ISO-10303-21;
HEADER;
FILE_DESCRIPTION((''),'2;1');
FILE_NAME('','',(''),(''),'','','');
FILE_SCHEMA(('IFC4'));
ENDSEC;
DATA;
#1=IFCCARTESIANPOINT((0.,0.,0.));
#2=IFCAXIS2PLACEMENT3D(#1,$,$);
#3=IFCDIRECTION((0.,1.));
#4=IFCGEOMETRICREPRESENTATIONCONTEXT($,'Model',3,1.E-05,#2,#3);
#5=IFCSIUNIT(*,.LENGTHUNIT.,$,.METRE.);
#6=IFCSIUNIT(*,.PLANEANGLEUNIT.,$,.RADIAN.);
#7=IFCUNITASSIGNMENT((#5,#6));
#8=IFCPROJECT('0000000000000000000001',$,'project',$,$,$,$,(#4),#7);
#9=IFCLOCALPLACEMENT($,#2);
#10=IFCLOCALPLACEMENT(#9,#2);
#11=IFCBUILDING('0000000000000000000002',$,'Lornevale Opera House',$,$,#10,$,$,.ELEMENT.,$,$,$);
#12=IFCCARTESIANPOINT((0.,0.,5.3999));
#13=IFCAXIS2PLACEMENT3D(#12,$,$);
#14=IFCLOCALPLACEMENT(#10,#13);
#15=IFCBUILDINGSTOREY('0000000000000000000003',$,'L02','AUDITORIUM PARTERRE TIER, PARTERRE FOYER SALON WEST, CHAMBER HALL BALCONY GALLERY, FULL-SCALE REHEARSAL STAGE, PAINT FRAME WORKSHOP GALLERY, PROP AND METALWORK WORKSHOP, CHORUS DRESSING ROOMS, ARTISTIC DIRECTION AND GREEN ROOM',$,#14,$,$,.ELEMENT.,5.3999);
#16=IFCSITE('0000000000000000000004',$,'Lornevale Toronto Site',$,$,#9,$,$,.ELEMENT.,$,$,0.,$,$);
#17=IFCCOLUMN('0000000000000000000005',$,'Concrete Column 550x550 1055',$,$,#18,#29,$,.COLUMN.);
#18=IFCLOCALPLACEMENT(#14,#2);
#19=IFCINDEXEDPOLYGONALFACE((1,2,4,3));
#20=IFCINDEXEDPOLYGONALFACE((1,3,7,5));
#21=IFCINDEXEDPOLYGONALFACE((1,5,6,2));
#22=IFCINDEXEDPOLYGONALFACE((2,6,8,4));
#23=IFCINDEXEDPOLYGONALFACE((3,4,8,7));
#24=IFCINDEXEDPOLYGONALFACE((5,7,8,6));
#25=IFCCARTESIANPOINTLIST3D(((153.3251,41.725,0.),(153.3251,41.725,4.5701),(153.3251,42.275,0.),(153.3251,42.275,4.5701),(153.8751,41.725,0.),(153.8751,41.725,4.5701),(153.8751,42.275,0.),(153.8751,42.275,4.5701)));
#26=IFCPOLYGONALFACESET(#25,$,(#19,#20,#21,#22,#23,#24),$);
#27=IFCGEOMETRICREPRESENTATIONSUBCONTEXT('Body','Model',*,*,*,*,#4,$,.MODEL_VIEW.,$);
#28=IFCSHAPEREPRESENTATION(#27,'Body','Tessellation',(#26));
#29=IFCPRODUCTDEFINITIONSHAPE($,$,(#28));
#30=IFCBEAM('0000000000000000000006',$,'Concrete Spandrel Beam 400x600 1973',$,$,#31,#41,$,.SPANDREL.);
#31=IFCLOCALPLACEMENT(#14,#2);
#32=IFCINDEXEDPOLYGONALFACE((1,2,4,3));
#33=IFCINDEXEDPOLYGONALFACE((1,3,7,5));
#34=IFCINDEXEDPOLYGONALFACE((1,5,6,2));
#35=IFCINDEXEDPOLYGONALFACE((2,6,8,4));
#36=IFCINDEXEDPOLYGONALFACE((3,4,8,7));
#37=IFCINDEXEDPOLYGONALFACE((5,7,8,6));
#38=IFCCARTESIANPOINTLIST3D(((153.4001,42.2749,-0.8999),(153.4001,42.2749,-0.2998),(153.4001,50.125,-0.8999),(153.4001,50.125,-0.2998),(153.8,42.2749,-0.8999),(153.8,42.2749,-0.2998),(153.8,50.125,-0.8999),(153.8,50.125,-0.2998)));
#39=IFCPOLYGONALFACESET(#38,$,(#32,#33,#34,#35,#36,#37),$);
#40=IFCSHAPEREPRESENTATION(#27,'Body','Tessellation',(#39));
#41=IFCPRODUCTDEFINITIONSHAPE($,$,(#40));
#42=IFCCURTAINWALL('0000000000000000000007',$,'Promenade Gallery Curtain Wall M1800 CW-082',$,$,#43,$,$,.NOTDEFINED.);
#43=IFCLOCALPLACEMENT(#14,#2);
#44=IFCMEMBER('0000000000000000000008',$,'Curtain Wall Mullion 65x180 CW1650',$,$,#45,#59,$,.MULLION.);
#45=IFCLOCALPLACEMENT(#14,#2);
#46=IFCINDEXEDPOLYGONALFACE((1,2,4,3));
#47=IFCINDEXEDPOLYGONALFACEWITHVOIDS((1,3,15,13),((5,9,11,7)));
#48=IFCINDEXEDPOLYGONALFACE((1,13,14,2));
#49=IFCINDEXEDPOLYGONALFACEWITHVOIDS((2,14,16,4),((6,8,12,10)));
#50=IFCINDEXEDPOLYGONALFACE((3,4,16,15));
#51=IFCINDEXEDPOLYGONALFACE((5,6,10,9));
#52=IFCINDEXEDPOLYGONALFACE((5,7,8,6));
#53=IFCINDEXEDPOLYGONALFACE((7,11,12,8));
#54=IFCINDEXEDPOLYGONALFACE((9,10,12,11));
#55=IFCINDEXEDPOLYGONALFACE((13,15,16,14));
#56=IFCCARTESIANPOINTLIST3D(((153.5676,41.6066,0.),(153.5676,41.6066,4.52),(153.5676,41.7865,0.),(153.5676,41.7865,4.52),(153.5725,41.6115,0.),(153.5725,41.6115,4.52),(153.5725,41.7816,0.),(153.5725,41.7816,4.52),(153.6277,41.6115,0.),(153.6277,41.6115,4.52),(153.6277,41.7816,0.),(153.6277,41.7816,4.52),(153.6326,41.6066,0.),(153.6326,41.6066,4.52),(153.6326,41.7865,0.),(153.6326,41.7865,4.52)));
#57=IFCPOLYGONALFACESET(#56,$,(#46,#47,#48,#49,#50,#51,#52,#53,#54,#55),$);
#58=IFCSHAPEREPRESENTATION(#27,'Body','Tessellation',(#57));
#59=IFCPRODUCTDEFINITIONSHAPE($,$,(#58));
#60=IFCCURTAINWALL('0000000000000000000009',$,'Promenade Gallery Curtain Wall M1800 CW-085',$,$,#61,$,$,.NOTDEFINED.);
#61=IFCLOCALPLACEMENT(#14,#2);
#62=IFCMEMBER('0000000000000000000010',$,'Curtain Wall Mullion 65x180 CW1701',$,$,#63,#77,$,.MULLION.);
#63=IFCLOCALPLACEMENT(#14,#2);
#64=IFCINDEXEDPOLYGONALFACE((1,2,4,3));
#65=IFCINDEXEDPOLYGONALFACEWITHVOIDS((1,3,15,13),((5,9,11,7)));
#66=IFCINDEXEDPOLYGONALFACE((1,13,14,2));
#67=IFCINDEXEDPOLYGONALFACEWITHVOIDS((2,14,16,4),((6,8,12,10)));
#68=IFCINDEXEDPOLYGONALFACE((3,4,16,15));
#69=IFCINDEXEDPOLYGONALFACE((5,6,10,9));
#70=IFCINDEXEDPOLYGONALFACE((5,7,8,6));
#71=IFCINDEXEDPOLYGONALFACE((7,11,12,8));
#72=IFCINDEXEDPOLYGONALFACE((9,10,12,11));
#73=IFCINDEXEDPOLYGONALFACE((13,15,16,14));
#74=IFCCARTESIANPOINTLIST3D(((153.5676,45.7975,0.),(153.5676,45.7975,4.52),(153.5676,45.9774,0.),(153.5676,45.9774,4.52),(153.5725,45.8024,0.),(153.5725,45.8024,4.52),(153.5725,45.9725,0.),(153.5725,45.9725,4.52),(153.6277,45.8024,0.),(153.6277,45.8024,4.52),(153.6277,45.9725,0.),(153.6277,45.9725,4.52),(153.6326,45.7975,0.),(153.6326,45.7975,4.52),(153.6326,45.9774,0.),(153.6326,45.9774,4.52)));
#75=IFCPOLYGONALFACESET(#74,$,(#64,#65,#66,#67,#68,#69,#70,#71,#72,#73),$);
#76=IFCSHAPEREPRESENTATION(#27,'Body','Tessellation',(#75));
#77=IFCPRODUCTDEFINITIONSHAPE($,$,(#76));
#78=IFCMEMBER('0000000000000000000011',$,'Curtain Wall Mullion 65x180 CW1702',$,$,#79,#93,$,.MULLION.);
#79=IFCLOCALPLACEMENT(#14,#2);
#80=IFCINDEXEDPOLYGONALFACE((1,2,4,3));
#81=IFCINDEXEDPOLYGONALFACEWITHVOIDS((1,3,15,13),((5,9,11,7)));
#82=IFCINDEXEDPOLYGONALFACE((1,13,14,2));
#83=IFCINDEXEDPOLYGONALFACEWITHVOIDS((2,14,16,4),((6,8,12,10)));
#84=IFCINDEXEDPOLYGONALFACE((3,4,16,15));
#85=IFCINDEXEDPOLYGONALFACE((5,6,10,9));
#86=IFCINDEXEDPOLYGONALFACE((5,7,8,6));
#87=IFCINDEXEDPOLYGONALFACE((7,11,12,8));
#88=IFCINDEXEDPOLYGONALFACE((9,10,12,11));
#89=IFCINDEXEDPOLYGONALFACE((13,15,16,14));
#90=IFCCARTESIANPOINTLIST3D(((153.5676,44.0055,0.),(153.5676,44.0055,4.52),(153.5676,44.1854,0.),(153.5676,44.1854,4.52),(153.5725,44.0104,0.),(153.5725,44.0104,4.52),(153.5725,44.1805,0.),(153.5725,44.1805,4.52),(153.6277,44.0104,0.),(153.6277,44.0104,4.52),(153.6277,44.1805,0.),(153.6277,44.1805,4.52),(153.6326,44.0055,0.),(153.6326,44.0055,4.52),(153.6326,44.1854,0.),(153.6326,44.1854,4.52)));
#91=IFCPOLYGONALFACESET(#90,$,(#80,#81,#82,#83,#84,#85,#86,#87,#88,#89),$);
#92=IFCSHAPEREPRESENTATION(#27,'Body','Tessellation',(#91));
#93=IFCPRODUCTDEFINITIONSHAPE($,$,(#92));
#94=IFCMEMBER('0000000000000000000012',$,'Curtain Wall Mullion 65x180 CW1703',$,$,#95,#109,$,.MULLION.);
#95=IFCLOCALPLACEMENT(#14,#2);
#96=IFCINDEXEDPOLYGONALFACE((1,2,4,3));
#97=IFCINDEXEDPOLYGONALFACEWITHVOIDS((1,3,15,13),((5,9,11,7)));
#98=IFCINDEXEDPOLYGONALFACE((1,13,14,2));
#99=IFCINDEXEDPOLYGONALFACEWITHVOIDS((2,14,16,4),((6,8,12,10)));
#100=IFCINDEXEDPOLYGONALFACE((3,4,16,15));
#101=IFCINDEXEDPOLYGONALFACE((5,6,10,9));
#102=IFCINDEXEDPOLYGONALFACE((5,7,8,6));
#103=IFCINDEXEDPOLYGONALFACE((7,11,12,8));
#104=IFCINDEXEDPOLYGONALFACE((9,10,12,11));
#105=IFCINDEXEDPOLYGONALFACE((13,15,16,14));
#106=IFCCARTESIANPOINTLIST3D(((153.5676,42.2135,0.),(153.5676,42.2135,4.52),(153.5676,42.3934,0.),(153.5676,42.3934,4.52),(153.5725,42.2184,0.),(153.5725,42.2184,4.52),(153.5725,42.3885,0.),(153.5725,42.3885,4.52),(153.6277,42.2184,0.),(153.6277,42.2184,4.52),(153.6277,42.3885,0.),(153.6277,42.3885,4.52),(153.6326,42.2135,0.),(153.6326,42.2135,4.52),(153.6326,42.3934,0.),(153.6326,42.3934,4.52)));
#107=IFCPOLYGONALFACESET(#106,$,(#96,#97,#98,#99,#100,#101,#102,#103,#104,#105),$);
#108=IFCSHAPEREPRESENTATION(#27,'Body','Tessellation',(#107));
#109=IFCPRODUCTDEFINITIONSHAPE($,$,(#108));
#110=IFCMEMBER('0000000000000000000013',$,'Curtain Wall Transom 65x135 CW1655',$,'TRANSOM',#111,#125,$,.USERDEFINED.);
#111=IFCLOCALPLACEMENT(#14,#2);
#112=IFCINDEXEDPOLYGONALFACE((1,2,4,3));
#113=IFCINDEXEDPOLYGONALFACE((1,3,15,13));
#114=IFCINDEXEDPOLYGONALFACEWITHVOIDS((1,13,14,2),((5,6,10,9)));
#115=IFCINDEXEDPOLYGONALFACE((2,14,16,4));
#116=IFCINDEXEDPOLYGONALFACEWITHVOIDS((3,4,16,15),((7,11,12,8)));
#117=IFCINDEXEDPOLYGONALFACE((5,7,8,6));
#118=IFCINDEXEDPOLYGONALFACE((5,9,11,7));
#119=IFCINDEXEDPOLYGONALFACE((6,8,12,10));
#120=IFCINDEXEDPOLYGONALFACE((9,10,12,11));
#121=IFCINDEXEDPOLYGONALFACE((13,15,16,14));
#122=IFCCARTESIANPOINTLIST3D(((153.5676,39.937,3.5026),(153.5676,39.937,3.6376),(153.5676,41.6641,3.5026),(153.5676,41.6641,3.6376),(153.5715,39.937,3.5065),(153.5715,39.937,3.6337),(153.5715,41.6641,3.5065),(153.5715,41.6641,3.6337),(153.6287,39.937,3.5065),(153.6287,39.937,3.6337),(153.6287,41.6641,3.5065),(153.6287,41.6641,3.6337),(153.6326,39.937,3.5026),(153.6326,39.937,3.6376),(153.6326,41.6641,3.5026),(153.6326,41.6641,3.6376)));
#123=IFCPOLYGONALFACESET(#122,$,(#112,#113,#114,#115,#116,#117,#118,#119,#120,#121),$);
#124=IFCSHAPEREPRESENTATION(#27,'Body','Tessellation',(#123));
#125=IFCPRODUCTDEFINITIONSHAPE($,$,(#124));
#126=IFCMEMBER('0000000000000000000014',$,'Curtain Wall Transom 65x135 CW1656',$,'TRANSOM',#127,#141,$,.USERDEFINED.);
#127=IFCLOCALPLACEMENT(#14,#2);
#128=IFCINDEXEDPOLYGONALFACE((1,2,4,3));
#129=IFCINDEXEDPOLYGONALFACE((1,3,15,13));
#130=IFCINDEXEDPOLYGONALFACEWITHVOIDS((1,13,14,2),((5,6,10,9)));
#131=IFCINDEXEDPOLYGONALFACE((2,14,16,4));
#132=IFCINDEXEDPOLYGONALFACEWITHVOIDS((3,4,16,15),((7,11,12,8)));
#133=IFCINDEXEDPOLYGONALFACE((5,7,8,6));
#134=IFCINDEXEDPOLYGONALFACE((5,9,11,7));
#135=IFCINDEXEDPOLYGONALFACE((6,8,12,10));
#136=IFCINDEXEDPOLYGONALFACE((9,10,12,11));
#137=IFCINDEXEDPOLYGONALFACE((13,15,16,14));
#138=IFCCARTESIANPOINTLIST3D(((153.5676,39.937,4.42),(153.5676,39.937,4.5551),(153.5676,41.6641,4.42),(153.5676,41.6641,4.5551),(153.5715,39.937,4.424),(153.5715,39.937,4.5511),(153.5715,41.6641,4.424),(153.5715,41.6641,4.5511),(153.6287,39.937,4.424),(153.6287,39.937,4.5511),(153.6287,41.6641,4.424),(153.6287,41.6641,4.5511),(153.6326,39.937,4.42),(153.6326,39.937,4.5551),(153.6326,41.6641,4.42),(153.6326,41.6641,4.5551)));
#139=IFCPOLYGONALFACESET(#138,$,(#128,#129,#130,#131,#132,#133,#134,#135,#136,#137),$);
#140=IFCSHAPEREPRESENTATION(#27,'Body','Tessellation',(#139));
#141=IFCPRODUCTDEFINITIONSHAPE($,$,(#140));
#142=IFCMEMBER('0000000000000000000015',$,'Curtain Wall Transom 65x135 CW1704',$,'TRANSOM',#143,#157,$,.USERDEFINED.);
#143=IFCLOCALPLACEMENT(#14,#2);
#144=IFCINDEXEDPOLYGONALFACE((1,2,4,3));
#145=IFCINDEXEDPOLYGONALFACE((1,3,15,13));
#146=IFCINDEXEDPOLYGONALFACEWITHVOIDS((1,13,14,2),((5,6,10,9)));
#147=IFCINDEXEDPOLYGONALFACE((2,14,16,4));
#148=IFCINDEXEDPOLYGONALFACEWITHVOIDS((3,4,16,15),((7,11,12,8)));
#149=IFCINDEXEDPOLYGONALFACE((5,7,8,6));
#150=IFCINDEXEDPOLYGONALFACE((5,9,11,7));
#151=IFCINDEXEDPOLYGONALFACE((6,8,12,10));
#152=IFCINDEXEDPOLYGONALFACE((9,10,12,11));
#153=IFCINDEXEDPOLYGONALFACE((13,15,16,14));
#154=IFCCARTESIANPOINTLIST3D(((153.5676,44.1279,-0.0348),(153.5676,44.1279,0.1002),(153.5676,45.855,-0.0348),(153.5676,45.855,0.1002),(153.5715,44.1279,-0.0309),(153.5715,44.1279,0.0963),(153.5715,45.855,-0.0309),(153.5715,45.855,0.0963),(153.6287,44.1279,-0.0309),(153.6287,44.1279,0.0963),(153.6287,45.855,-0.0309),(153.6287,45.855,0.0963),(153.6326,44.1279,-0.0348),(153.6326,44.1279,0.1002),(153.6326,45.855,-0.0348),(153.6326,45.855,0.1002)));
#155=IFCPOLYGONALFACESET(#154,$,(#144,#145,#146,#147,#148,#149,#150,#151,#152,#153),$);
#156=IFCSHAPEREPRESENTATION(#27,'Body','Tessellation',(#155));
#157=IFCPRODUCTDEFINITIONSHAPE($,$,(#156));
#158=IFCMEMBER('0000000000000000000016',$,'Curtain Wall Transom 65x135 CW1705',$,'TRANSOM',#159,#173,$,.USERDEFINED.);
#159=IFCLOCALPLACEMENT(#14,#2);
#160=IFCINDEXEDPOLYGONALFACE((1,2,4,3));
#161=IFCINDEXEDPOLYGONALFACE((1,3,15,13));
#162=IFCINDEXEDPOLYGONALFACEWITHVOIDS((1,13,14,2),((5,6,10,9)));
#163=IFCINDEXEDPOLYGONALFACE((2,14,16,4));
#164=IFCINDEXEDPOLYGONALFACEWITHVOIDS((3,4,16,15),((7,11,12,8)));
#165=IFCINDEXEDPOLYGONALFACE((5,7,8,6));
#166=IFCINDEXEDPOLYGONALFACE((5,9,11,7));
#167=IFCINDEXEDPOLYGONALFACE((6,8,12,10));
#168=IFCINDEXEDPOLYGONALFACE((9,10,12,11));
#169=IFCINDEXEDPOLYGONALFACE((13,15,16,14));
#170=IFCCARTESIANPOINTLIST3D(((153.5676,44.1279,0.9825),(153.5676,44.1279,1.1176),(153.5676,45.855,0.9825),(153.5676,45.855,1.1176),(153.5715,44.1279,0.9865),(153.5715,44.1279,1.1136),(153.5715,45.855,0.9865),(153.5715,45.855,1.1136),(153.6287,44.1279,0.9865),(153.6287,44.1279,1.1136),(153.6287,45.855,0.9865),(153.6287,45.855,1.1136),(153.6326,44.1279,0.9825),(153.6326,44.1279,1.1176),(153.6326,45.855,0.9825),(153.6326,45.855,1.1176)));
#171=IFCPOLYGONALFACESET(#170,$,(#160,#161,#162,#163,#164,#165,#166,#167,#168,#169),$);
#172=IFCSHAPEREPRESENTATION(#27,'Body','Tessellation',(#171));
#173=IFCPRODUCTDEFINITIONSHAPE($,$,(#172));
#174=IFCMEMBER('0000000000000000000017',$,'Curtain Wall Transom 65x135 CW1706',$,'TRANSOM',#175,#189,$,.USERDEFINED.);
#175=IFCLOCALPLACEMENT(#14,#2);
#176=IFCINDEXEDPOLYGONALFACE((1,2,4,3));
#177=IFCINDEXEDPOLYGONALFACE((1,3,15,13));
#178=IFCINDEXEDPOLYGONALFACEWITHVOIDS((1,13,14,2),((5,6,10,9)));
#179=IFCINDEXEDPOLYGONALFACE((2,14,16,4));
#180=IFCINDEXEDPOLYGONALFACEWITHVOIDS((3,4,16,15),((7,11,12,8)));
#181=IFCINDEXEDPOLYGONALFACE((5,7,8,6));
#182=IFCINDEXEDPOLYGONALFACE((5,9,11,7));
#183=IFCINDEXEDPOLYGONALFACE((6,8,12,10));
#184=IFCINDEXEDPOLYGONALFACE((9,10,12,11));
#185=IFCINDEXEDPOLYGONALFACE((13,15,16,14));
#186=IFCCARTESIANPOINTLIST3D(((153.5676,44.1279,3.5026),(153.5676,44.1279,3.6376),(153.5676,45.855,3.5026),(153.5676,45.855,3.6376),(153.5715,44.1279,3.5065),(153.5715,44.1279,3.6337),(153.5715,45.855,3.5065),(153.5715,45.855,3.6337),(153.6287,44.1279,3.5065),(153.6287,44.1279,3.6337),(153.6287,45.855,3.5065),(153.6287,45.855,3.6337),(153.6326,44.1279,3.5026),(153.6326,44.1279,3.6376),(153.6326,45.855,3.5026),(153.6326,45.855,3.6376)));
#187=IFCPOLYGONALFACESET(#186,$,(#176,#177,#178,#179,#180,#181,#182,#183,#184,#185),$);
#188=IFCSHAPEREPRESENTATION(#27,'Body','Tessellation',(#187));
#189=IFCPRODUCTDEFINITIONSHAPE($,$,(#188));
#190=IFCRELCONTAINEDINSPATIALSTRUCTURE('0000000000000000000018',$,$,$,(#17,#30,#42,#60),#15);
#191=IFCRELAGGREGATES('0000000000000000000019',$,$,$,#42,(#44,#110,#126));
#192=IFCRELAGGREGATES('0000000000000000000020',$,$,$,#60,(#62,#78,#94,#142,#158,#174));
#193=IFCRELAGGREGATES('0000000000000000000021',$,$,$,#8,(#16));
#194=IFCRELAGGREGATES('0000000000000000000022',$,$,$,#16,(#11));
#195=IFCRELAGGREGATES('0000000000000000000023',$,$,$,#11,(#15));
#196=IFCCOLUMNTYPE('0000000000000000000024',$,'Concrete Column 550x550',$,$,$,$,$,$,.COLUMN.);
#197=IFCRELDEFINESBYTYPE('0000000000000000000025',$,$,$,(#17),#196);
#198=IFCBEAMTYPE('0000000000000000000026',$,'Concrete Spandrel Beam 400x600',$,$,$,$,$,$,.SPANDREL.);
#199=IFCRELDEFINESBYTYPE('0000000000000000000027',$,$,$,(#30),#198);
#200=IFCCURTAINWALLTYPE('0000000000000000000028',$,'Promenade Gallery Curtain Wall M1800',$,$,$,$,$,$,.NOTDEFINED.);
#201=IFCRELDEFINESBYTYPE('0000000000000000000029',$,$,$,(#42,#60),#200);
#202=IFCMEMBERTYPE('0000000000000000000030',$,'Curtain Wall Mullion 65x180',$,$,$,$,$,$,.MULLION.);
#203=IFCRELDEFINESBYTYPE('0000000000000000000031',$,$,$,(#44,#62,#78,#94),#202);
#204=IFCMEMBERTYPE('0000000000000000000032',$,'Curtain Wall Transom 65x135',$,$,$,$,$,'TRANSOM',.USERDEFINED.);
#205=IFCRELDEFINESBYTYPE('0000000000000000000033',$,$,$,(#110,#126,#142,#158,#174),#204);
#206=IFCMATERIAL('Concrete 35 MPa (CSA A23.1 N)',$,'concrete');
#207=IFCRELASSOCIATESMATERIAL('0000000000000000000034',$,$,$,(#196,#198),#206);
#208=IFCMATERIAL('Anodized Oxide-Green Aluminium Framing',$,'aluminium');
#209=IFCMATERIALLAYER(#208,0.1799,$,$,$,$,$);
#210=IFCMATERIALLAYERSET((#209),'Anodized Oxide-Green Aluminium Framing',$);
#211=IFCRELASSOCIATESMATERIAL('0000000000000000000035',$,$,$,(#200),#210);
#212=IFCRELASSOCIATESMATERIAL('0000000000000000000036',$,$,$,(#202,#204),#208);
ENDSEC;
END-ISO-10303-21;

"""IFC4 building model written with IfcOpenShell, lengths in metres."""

from ifc_helpers import new_model, si_unit, direction, frame, origin, origin_2d, place, context, subcontext, project, spatial, rectangle, hollow_rectangle, extrude, material, layer, layer_set, material_profile, profile_set, type_object, element, aggregate, save


model = new_model("IFC4")

# Units and contexts
model_context = context("Model", 3, precision=1e-05, world=origin(), true_north=direction((0.0, 1.0)))
body_context = subcontext(model_context, "Body", "Model", "MODEL_VIEW")
ifc_project = project(units=[si_unit("LENGTHUNIT", "METRE"), si_unit("PLANEANGLEUNIT", "RADIAN")], contexts=[model_context])

# Site, building, storey
site_placement = place(None, origin())
site = spatial("IfcSite", under=ifc_project, at=site_placement, Name="Lornevale Toronto Site", CompositionType="ELEMENT", RefElevation=0.0)
building_placement = place(site_placement, origin())
building = spatial("IfcBuilding", under=site, at=building_placement, Name="Lornevale Opera House", CompositionType="ELEMENT")
storey_placement = place(building_placement, frame((0.0, 0.0, 5.3999)))
storey = spatial("IfcBuildingStorey", under=building, at=storey_placement, Name="L02", Description="AUDITORIUM PARTERRE TIER, PARTERRE FOYER SALON WEST, CHAMBER HALL BALCONY GALLERY, FULL-SCALE REHEARSAL STAGE, PAINT FRAME WORKSHOP GALLERY, PROP AND METALWORK WORKSHOP, CHORUS DRESSING ROOMS, ARTISTIC DIRECTION AND GREEN ROOM", CompositionType="ELEMENT", Elevation=5.3999)

# Column
ifc_material_1 = material(Name="Concrete 35 MPa (CSA A23.1 N)", Category="concrete")
ifc_material_profile_1 = material_profile(ifc_material_1, rectangle(XDim=0.55, YDim=0.55, at=origin_2d()), Name="RC550x550")
ifc_profile_set_1 = profile_set([ifc_material_profile_1], Name="Concrete 35 MPa (CSA A23.1 N)")
column_type = type_object("IfcColumnType", Name="Concrete Column 550x550", PredefinedType="COLUMN", material=ifc_profile_set_1)
column_placement = place(storey_placement, frame((153.6001, 42.0, 0.0), z_axis=(0.0, 0.0, 1.0), x_axis=(1.0, 0.0, 0.0)))
element("IfcColumn", 1, at=column_placement, inside=storey, type_object=column_type, Name="Concrete Column 550x550 1055", PredefinedType="COLUMN", context=body_context, shape_type="SweptSolid", body=[
    extrude(rectangle(XDim=0.55, YDim=0.55, at=origin_2d()), origin(), (0.0, 0.0, 1.0), 4.5701),
])

# Beam
ifc_material_profile_2 = material_profile(ifc_material_1, rectangle(XDim=0.3999, YDim=0.6001, at=origin_2d()), Name="RC400x600")
ifc_profile_set_2 = profile_set([ifc_material_profile_2], Name="Concrete 35 MPa (CSA A23.1 N)")
beam_type = type_object("IfcBeamType", Name="Concrete Spandrel Beam 400x600", PredefinedType="SPANDREL", material=ifc_profile_set_2)
beam_placement = place(storey_placement, frame((153.6001, 42.2749, -0.5999), z_axis=(0.0, 1.0, 0.0), x_axis=(-1.0, 0.0, 0.0)))
element("IfcBeam", 2, at=beam_placement, inside=storey, type_object=beam_type, Name="Concrete Spandrel Beam 400x600 1973", PredefinedType="SPANDREL", context=body_context, shape_type="SweptSolid", body=[
    extrude(rectangle(XDim=0.3999, YDim=0.6001, at=origin_2d()), origin(), (0.0, 0.0, 1.0), 7.8501),
])

# Curtain wall, member
ifc_material_2 = material(Name="Anodized Oxide-Green Aluminium Framing", Category="aluminium")
ifc_layer_1 = layer(ifc_material_2, 0.1799)
ifc_layer_set_1 = layer_set([ifc_layer_1], Name="Anodized Oxide-Green Aluminium Framing")
curtain_wall_type = type_object("IfcCurtainWallType", Name="Promenade Gallery Curtain Wall M1800", PredefinedType="NOTDEFINED", material=ifc_layer_set_1)
curtain_wall_1_placement = place(storey_placement, origin())
curtain_wall_1 = element("IfcCurtainWall", 3, at=curtain_wall_1_placement, inside=storey, type_object=curtain_wall_type, Name="Promenade Gallery Curtain Wall M1800 CW-082", PredefinedType="NOTDEFINED")
ifc_material_profile_3 = material_profile(ifc_material_2, hollow_rectangle(XDim=0.0649, YDim=0.1799, WallThickness=0.0049, at=origin_2d()), Name="ALU65x180x5")
ifc_profile_set_3 = profile_set([ifc_material_profile_3], Name="Anodized Oxide-Green Aluminium Framing")
member_type_1 = type_object("IfcMemberType", Name="Curtain Wall Mullion 65x180", PredefinedType="MULLION", material=ifc_profile_set_3)
member_1_placement = place(storey_placement, frame((153.6001, 41.6965, 0.0), z_axis=(0.0, 0.0, 1.0), x_axis=(1.0, 0.0, 0.0)))
member_1 = element("IfcMember", 4, at=member_1_placement, type_object=member_type_1, Name="Curtain Wall Mullion 65x180 CW1650", PredefinedType="MULLION", context=body_context, shape_type="SweptSolid", body=[
    extrude(hollow_rectangle(XDim=0.0649, YDim=0.1799, WallThickness=0.0049, at=origin_2d()), origin(), (0.0, 0.0, 1.0), 4.52),
])

# Curtain wall, members
curtain_wall_2_placement = place(storey_placement, origin())
curtain_wall_2 = element("IfcCurtainWall", 5, at=curtain_wall_2_placement, inside=storey, type_object=curtain_wall_type, Name="Promenade Gallery Curtain Wall M1800 CW-085", PredefinedType="NOTDEFINED")
member_2_placement = place(storey_placement, frame((153.6001, 45.8875, 0.0), z_axis=(0.0, 0.0, 1.0), x_axis=(1.0, 0.0, 0.0)))
member_2 = element("IfcMember", 6, at=member_2_placement, type_object=member_type_1, Name="Curtain Wall Mullion 65x180 CW1701", PredefinedType="MULLION", context=body_context, shape_type="SweptSolid", body=[
    extrude(hollow_rectangle(XDim=0.0649, YDim=0.1799, WallThickness=0.0049, at=origin_2d()), origin(), (0.0, 0.0, 1.0), 4.52),
])
member_3_placement = place(storey_placement, frame((153.6001, 44.0955, 0.0), z_axis=(0.0, 0.0, 1.0), x_axis=(1.0, 0.0, 0.0)))
member_3 = element("IfcMember", 7, at=member_3_placement, type_object=member_type_1, Name="Curtain Wall Mullion 65x180 CW1702", PredefinedType="MULLION", context=body_context, shape_type="SweptSolid", body=[
    extrude(hollow_rectangle(XDim=0.0649, YDim=0.1799, WallThickness=0.0049, at=origin_2d()), origin(), (0.0, 0.0, 1.0), 4.52),
])
member_4_placement = place(storey_placement, frame((153.6001, 42.3035, 0.0), z_axis=(0.0, 0.0, 1.0), x_axis=(1.0, 0.0, 0.0)))
member_4 = element("IfcMember", 8, at=member_4_placement, type_object=member_type_1, Name="Curtain Wall Mullion 65x180 CW1703", PredefinedType="MULLION", context=body_context, shape_type="SweptSolid", body=[
    extrude(hollow_rectangle(XDim=0.0649, YDim=0.1799, WallThickness=0.0049, at=origin_2d()), origin(), (0.0, 0.0, 1.0), 4.52),
])

# Members
ifc_material_profile_4 = material_profile(ifc_material_2, hollow_rectangle(XDim=0.0649, YDim=0.135, WallThickness=0.0039, at=origin_2d()), Name="ALU65x135x4")
ifc_profile_set_4 = profile_set([ifc_material_profile_4], Name="Anodized Oxide-Green Aluminium Framing")
member_type_2 = type_object("IfcMemberType", Name="Curtain Wall Transom 65x135", ElementType="TRANSOM", PredefinedType="USERDEFINED", material=ifc_profile_set_4)
member_5_placement = place(storey_placement, frame((153.6001, 41.6641, 3.5701), z_axis=(0.0, -1.0, 0.0), x_axis=(1.0, 0.0, 0.0)))
member_5 = element("IfcMember", 9, at=member_5_placement, type_object=member_type_2, Name="Curtain Wall Transom 65x135 CW1655", ObjectType="TRANSOM", PredefinedType="USERDEFINED", context=body_context, shape_type="SweptSolid", body=[
    extrude(hollow_rectangle(XDim=0.0649, YDim=0.135, WallThickness=0.0039, at=origin_2d()), origin(), (0.0, 0.0, 1.0), 1.7271),
])
member_6_placement = place(storey_placement, frame((153.6001, 41.6641, 4.4875), z_axis=(0.0, -1.0, 0.0), x_axis=(1.0, 0.0, 0.0)))
member_6 = element("IfcMember", 10, at=member_6_placement, type_object=member_type_2, Name="Curtain Wall Transom 65x135 CW1656", ObjectType="TRANSOM", PredefinedType="USERDEFINED", context=body_context, shape_type="SweptSolid", body=[
    extrude(hollow_rectangle(XDim=0.0649, YDim=0.135, WallThickness=0.0039, at=origin_2d()), origin(), (0.0, 0.0, 1.0), 1.7271),
])
aggregate(curtain_wall_1, [member_1, member_5, member_6])
member_7_placement = place(storey_placement, frame((153.6001, 45.855, 0.0327), z_axis=(0.0, -1.0, 0.0), x_axis=(1.0, 0.0, 0.0)))
member_7 = element("IfcMember", 11, at=member_7_placement, type_object=member_type_2, Name="Curtain Wall Transom 65x135 CW1704", ObjectType="TRANSOM", PredefinedType="USERDEFINED", context=body_context, shape_type="SweptSolid", body=[
    extrude(hollow_rectangle(XDim=0.0649, YDim=0.135, WallThickness=0.0039, at=origin_2d()), origin(), (0.0, 0.0, 1.0), 1.7271),
])
member_8_placement = place(storey_placement, frame((153.6001, 45.855, 1.05), z_axis=(0.0, -1.0, 0.0), x_axis=(1.0, 0.0, 0.0)))
member_8 = element("IfcMember", 12, at=member_8_placement, type_object=member_type_2, Name="Curtain Wall Transom 65x135 CW1705", ObjectType="TRANSOM", PredefinedType="USERDEFINED", context=body_context, shape_type="SweptSolid", body=[
    extrude(hollow_rectangle(XDim=0.0649, YDim=0.135, WallThickness=0.0039, at=origin_2d()), origin(), (0.0, 0.0, 1.0), 1.7271),
])
member_9_placement = place(storey_placement, frame((153.6001, 45.855, 3.5701), z_axis=(0.0, -1.0, 0.0), x_axis=(1.0, 0.0, 0.0)))
member_9 = element("IfcMember", 13, at=member_9_placement, type_object=member_type_2, Name="Curtain Wall Transom 65x135 CW1706", ObjectType="TRANSOM", PredefinedType="USERDEFINED", context=body_context, shape_type="SweptSolid", body=[
    extrude(hollow_rectangle(XDim=0.0649, YDim=0.135, WallThickness=0.0039, at=origin_2d()), origin(), (0.0, 0.0, 1.0), 1.7271),
])

aggregate(curtain_wall_2, [member_2, member_3, member_4, member_7, member_8, member_9])

save(model, "model.ifc")
